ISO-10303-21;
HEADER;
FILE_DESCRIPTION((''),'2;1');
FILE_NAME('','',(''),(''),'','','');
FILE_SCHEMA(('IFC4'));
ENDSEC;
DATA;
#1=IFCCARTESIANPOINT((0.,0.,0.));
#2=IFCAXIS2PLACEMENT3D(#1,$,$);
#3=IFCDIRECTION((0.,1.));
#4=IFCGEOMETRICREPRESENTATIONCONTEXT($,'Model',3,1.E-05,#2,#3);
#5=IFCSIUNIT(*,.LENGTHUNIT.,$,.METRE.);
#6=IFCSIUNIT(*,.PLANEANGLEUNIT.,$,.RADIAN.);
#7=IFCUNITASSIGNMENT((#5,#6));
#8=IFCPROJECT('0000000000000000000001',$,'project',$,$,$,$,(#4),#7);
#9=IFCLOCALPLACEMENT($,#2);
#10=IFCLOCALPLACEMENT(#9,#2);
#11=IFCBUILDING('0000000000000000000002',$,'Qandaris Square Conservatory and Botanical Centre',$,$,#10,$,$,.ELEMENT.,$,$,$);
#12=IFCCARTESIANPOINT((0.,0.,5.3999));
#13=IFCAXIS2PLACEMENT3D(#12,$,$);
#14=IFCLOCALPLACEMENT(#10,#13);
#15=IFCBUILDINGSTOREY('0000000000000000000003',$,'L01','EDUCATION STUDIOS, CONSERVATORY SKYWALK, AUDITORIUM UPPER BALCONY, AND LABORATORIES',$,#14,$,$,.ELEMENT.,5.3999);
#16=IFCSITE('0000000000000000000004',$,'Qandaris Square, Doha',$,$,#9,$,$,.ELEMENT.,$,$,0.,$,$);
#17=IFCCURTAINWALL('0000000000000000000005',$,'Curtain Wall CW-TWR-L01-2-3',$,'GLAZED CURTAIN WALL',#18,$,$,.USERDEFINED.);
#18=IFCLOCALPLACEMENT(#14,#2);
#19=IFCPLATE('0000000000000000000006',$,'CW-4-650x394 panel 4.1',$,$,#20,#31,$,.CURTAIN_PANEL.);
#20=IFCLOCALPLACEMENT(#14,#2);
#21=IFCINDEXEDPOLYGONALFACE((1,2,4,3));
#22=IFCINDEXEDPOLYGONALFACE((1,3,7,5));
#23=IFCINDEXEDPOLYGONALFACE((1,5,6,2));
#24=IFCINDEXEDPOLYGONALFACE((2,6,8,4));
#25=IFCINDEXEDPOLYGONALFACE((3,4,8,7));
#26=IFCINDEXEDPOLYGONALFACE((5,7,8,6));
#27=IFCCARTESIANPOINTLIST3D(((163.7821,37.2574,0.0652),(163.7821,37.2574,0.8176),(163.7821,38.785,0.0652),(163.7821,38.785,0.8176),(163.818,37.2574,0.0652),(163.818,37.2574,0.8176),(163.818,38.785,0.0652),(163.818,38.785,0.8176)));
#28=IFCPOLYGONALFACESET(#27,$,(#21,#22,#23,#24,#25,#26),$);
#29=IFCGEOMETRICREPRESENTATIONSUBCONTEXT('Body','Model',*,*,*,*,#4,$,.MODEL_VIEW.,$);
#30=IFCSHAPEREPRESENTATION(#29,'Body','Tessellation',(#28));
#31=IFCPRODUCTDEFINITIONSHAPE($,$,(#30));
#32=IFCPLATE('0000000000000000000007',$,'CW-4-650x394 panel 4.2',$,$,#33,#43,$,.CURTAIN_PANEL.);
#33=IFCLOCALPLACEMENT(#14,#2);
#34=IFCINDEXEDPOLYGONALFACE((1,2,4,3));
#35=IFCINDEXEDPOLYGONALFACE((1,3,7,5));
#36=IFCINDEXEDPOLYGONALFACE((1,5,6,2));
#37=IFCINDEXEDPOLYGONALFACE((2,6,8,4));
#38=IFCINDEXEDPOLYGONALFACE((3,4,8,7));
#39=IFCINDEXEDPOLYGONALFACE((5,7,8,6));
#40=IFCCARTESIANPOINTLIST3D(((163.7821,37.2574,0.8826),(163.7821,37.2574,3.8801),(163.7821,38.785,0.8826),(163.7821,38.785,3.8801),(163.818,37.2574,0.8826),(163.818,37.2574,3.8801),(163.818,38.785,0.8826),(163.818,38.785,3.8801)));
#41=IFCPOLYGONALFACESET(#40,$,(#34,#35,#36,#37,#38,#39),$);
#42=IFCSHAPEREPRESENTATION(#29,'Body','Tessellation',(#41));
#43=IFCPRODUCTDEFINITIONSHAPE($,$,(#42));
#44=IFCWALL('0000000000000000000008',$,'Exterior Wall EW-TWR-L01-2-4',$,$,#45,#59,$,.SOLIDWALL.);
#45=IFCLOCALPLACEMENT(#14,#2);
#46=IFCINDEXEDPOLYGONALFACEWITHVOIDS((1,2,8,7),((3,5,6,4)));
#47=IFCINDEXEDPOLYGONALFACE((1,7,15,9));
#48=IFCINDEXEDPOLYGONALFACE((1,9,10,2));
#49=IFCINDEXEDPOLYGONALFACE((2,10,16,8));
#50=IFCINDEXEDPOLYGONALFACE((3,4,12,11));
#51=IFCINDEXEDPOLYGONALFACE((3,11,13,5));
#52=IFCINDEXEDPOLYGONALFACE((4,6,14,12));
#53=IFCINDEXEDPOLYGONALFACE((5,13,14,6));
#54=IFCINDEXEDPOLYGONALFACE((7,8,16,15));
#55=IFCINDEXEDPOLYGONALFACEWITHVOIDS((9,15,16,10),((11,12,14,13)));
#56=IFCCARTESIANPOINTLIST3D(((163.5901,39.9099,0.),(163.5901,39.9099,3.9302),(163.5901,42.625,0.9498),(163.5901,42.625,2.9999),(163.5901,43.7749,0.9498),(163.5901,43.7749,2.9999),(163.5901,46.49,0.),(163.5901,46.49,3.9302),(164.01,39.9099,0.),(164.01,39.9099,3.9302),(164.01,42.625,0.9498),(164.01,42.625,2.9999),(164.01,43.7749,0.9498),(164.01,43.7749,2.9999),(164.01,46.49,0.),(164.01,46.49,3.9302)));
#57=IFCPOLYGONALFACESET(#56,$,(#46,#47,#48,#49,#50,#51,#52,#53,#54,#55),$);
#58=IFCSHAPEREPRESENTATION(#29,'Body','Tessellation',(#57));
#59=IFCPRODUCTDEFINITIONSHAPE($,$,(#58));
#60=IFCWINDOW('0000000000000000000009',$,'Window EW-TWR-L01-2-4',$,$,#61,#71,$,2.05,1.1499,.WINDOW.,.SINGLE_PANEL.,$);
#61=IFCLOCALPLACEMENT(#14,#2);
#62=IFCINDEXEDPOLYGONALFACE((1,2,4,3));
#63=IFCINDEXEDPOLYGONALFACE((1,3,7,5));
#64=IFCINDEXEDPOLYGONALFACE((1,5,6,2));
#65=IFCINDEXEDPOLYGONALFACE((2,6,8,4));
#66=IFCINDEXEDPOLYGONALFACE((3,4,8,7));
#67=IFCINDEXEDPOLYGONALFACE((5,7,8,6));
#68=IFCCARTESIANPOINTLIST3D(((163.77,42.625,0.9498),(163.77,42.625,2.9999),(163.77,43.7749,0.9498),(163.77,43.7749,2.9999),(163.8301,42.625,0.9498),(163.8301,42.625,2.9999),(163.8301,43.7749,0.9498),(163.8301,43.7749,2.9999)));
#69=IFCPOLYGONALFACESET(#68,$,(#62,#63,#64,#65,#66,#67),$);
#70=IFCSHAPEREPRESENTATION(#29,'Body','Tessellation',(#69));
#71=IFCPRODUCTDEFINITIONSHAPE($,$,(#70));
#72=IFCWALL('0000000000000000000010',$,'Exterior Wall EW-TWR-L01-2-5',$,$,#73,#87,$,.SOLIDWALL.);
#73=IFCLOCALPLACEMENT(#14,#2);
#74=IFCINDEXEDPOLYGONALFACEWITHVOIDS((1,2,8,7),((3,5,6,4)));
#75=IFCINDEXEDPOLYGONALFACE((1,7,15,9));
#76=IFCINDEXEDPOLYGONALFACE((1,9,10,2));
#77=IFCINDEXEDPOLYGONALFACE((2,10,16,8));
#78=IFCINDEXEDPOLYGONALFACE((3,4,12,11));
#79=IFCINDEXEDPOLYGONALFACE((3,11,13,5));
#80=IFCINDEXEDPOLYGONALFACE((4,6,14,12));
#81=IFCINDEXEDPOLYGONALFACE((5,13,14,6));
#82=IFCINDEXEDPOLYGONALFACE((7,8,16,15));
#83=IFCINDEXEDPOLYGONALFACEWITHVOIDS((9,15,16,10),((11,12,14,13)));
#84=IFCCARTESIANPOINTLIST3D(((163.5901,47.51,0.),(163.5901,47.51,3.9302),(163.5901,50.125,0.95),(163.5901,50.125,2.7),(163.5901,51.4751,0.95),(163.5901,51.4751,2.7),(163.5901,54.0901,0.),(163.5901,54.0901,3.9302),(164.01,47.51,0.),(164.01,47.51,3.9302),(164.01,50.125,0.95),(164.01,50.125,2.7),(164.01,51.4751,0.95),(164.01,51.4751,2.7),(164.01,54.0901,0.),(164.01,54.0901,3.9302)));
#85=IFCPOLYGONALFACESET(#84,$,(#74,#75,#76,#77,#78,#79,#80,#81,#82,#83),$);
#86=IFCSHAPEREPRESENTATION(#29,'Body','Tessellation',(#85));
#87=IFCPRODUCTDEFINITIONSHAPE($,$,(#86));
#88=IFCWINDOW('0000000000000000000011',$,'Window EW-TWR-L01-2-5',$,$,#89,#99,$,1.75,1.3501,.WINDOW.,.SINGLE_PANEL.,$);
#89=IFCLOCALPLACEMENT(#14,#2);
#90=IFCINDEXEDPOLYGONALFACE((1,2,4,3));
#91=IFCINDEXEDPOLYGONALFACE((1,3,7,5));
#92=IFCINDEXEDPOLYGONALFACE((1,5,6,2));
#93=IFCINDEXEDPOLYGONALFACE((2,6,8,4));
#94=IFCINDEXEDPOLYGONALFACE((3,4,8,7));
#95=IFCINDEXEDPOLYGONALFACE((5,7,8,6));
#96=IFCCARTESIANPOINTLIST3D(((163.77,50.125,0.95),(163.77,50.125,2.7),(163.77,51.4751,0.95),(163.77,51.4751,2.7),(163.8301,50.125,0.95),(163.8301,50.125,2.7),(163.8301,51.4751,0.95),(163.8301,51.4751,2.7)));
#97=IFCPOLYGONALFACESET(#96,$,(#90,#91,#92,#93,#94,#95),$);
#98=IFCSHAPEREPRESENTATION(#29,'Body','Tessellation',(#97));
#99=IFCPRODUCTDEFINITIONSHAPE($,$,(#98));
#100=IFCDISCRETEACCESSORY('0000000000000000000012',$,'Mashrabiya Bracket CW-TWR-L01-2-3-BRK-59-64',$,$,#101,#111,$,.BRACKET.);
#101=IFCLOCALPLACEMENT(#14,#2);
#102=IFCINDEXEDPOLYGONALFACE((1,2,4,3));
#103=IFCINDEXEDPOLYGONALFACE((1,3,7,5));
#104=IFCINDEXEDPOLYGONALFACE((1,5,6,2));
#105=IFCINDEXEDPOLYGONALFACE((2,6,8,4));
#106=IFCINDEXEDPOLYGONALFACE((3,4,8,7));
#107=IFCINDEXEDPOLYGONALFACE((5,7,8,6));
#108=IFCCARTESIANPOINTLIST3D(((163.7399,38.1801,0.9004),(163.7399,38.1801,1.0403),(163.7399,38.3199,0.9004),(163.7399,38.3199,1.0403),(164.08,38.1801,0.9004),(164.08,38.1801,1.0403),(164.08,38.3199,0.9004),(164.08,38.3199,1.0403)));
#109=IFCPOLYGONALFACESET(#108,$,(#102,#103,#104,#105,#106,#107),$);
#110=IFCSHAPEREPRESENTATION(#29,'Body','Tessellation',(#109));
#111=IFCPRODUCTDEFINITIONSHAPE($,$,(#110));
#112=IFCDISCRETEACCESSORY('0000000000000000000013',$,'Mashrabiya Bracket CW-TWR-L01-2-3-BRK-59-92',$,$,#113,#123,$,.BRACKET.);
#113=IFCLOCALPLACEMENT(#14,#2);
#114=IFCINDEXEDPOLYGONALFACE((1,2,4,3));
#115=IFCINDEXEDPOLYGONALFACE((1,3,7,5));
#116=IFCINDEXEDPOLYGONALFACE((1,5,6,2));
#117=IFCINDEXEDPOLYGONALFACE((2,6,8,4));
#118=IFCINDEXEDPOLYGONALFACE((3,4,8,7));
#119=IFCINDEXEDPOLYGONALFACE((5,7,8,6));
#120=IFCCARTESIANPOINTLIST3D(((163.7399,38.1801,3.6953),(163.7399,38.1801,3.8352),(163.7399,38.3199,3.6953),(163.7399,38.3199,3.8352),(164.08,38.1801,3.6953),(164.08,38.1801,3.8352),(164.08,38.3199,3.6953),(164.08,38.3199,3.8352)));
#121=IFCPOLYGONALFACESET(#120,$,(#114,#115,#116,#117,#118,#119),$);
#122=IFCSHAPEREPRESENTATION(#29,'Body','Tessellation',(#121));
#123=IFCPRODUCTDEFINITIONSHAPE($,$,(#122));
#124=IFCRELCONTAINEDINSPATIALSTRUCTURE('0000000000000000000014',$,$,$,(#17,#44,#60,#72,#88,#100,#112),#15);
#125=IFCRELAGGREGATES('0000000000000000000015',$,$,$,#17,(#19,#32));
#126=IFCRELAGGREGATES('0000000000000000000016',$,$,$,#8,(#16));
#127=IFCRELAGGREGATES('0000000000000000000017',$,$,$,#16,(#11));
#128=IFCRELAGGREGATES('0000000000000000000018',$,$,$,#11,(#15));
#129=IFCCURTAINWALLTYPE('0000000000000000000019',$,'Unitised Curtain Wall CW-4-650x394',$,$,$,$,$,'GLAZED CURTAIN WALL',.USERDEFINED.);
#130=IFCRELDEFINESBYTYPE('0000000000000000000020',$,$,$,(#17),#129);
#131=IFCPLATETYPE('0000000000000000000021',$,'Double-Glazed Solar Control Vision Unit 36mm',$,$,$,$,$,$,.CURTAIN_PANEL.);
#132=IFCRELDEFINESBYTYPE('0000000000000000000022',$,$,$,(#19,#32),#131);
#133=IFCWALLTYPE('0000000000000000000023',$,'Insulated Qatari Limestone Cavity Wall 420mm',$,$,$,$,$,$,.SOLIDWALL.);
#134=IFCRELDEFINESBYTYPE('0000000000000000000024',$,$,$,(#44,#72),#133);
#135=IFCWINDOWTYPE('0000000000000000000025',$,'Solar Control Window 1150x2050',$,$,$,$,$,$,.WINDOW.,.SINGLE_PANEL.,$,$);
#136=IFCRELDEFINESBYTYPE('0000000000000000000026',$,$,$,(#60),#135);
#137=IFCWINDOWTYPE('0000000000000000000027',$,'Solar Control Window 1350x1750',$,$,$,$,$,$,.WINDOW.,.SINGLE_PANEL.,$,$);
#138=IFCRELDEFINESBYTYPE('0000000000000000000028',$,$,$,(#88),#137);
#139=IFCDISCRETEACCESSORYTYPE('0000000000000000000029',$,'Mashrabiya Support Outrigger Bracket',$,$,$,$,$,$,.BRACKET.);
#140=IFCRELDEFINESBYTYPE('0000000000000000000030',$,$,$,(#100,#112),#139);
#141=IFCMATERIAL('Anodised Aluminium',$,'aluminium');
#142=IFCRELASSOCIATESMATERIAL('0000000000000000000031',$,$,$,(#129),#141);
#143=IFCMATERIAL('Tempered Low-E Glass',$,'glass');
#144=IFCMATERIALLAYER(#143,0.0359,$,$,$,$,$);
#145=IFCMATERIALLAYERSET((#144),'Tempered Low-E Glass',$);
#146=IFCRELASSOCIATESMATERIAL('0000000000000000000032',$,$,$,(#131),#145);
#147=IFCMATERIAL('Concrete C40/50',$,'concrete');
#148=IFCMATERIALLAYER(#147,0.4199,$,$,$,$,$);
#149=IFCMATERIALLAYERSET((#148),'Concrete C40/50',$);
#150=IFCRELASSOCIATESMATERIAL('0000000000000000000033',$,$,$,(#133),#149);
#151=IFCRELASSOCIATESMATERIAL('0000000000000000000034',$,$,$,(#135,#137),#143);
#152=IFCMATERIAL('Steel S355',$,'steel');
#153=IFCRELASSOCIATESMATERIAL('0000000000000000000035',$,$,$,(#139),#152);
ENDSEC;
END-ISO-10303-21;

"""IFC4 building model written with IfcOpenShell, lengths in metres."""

from ifc_helpers import new_model, si_unit, direction, frame, frame_2d, origin, origin_2d, place, context, subcontext, project, spatial, rectangle, extrude, material, layer, layer_set, type_object, element, fill, aggregate, save


model = new_model("IFC4")

# Units and contexts
model_context = context("Model", 3, precision=1e-05, world=origin(), true_north=direction((0.0, 1.0)))
body_context = subcontext(model_context, "Body", "Model", "MODEL_VIEW")
ifc_project = project(units=[si_unit("LENGTHUNIT", "METRE"), si_unit("PLANEANGLEUNIT", "RADIAN")], contexts=[model_context])

# Site, building, storey
site_placement = place(None, origin())
site = spatial("IfcSite", under=ifc_project, at=site_placement, Name="Qandaris Square, Doha", CompositionType="ELEMENT", RefElevation=0.0)
building_placement = place(site_placement, origin())
building = spatial("IfcBuilding", under=site, at=building_placement, Name="Qandaris Square Conservatory and Botanical Centre", CompositionType="ELEMENT")
storey_placement = place(building_placement, frame((0.0, 0.0, 5.3999)))
storey = spatial("IfcBuildingStorey", under=building, at=storey_placement, Name="L01", Description="EDUCATION STUDIOS, CONSERVATORY SKYWALK, AUDITORIUM UPPER BALCONY, AND LABORATORIES", CompositionType="ELEMENT", Elevation=5.3999)

# Shared definitions
ifc_material_1 = material(Name="Steel S355", Category="steel")

# Curtain wall
ifc_material_2 = material(Name="Anodised Aluminium", Category="aluminium")
curtain_wall_type = type_object("IfcCurtainWallType", Name="Unitised Curtain Wall CW-4-650x394", ElementType="GLAZED CURTAIN WALL", PredefinedType="USERDEFINED", material=ifc_material_2)
curtain_wall_1_placement = place(storey_placement, origin())
curtain_wall_1 = element("IfcCurtainWall", 1, at=curtain_wall_1_placement, inside=storey, type_object=curtain_wall_type, Name="Curtain Wall CW-TWR-L01-2-3", ObjectType="GLAZED CURTAIN WALL", PredefinedType="USERDEFINED")

# Plates
ifc_material_3 = material(Name="Tempered Low-E Glass", Category="glass")
ifc_layer_1 = layer(ifc_material_3, 0.0359)
ifc_layer_set_1 = layer_set([ifc_layer_1], Name="Tempered Low-E Glass")
plate_type = type_object("IfcPlateType", Name="Double-Glazed Solar Control Vision Unit 36mm", PredefinedType="CURTAIN_PANEL", material=ifc_layer_set_1)
plate_1_placement = place(storey_placement, frame((163.8, 38.0212, 0.0652), z_axis=(0.0, 0.0, 1.0), x_axis=(0.0, 1.0, 0.0)))
plate_1 = element("IfcPlate", 2, at=plate_1_placement, type_object=plate_type, Name="CW-4-650x394 panel 4.1", PredefinedType="CURTAIN_PANEL", context=body_context, shape_type="SweptSolid", body=[
    extrude(rectangle(XDim=1.5276, YDim=0.0359, at=origin_2d()), origin(), (0.0, 0.0, 1.0), 0.7524),
])
plate_2_placement = place(storey_placement, frame((163.8, 38.0212, 0.8826), z_axis=(0.0, 0.0, 1.0), x_axis=(0.0, 1.0, 0.0)))
plate_2 = element("IfcPlate", 3, at=plate_2_placement, type_object=plate_type, Name="CW-4-650x394 panel 4.2", PredefinedType="CURTAIN_PANEL", context=body_context, shape_type="SweptSolid", body=[
    extrude(rectangle(XDim=1.5276, YDim=0.0359, at=origin_2d()), origin(), (0.0, 0.0, 1.0), 2.9976),
])
aggregate(curtain_wall_1, [plate_1, plate_2])

# Walls, openings, windows
ifc_material_4 = material(Name="Concrete C40/50", Category="concrete")
ifc_layer_2 = layer(ifc_material_4, 0.4199)
ifc_layer_set_2 = layer_set([ifc_layer_2], Name="Concrete C40/50")
wall_type = type_object("IfcWallType", Name="Insulated Qatari Limestone Cavity Wall 420mm", PredefinedType="SOLIDWALL", material=ifc_layer_set_2)
wall_1_placement = place(storey_placement, frame((163.8, 39.9099, 0.0), z_axis=(0.0, 0.0, 1.0), x_axis=(0.0, 1.0, 0.0)))
wall_1 = element("IfcWall", 4, at=wall_1_placement, inside=storey, type_object=wall_type, Name="Exterior Wall EW-TWR-L01-2-4", PredefinedType="SOLIDWALL", context=body_context, shape_type="SweptSolid", body=[
    extrude(rectangle(XDim=6.5801, YDim=0.4199, at=frame_2d((3.29, 0.0))), origin(), (0.0, 0.0, 1.0), 3.9302),
])
opening_1_placement = place(wall_1_placement, frame((2.7151, 0.0, 0.95)))
opening_1 = element("IfcOpeningElement", 5, at=opening_1_placement, cuts=wall_1, PredefinedType="OPENING", context=body_context, shape_type="SweptSolid", body=[
    extrude(rectangle(XDim=1.1499, YDim=2.05, at=frame_2d((0.575, 1.0249))), frame((0.0, 0.2219, 0.0), z_axis=(0.0, -1.0, 0.0), x_axis=(1.0, 0.0, 0.0)), (0.0, 0.0, 1.0), 0.4438),
])
window_type_1 = type_object("IfcWindowType", Name="Solar Control Window 1150x2050", PartitioningType="SINGLE_PANEL", PredefinedType="WINDOW", material=ifc_material_3)
window_1_placement = place(opening_1_placement, origin())
window_1 = element("IfcWindow", 6, at=window_1_placement, inside=storey, type_object=window_type_1, Name="Window EW-TWR-L01-2-4", OverallHeight=2.05, OverallWidth=1.1499, PartitioningType="SINGLE_PANEL", PredefinedType="WINDOW", context=body_context, shape_type="SweptSolid", body=[
    extrude(rectangle(XDim=1.1499, YDim=2.05, at=frame_2d((0.575, 1.0249))), frame((0.0, 0.03, 0.0), z_axis=(0.0, -1.0, 0.0), x_axis=(1.0, 0.0, 0.0)), (0.0, 0.0, 1.0), 0.0601),
])
fill(opening_1, window_1)
wall_2_placement = place(storey_placement, frame((163.8, 47.51, 0.0), z_axis=(0.0, 0.0, 1.0), x_axis=(0.0, 1.0, 0.0)))
wall_2 = element("IfcWall", 7, at=wall_2_placement, inside=storey, type_object=wall_type, Name="Exterior Wall EW-TWR-L01-2-5", PredefinedType="SOLIDWALL", context=body_context, shape_type="SweptSolid", body=[
    extrude(rectangle(XDim=6.5801, YDim=0.4199, at=frame_2d((3.29, 0.0))), origin(), (0.0, 0.0, 1.0), 3.9302),
])
opening_2_placement = place(wall_2_placement, frame((2.615, 0.0, 0.95)))
opening_2 = element("IfcOpeningElement", 8, at=opening_2_placement, cuts=wall_2, PredefinedType="OPENING", context=body_context, shape_type="SweptSolid", body=[
    extrude(rectangle(XDim=1.3501, YDim=1.75, at=frame_2d((0.675, 0.875))), frame((0.0, 0.2219, 0.0), z_axis=(0.0, -1.0, 0.0), x_axis=(1.0, 0.0, 0.0)), (0.0, 0.0, 1.0), 0.4438),
])
window_type_2 = type_object("IfcWindowType", Name="Solar Control Window 1350x1750", PartitioningType="SINGLE_PANEL", PredefinedType="WINDOW", material=ifc_material_3)
window_2_placement = place(opening_2_placement, origin())
window_2 = element("IfcWindow", 9, at=window_2_placement, inside=storey, type_object=window_type_2, Name="Window EW-TWR-L01-2-5", OverallHeight=1.75, OverallWidth=1.3501, PartitioningType="SINGLE_PANEL", PredefinedType="WINDOW", context=body_context, shape_type="SweptSolid", body=[
    extrude(rectangle(XDim=1.3501, YDim=1.75, at=frame_2d((0.675, 0.875))), frame((0.0, 0.03, 0.0), z_axis=(0.0, -1.0, 0.0), x_axis=(1.0, 0.0, 0.0)), (0.0, 0.0, 1.0), 0.0601),
])
fill(opening_2, window_2)

# Discrete accessories
discrete_accessory_type = type_object("IfcDiscreteAccessoryType", Name="Mashrabiya Support Outrigger Bracket", PredefinedType="BRACKET", material=ifc_material_1)
for number, where, z_axis, x_axis, name in (
    (10, (163.9099, 38.25, 0.9004), (0.0, 0.0, 1.0), (0.0, 1.0, 0.0), "Mashrabiya Bracket CW-TWR-L01-2-3-BRK-59-64"),
    (11, (163.9099, 38.25, 3.6953), (0.0, 0.0, 1.0), (0.0, 1.0, 0.0), "Mashrabiya Bracket CW-TWR-L01-2-3-BRK-59-92"),
):
    element("IfcDiscreteAccessory", number, at=place(storey_placement, frame(where, z_axis=z_axis, x_axis=x_axis)), inside=storey, type_object=discrete_accessory_type, Name=name, PredefinedType="BRACKET", context=body_context, shape_type="SweptSolid", body=[
        extrude(rectangle(XDim=0.1399, YDim=0.3401, at=origin_2d()), origin(), (0.0, 0.0, 1.0), 0.1399),
    ])

save(model, "model.ifc")
